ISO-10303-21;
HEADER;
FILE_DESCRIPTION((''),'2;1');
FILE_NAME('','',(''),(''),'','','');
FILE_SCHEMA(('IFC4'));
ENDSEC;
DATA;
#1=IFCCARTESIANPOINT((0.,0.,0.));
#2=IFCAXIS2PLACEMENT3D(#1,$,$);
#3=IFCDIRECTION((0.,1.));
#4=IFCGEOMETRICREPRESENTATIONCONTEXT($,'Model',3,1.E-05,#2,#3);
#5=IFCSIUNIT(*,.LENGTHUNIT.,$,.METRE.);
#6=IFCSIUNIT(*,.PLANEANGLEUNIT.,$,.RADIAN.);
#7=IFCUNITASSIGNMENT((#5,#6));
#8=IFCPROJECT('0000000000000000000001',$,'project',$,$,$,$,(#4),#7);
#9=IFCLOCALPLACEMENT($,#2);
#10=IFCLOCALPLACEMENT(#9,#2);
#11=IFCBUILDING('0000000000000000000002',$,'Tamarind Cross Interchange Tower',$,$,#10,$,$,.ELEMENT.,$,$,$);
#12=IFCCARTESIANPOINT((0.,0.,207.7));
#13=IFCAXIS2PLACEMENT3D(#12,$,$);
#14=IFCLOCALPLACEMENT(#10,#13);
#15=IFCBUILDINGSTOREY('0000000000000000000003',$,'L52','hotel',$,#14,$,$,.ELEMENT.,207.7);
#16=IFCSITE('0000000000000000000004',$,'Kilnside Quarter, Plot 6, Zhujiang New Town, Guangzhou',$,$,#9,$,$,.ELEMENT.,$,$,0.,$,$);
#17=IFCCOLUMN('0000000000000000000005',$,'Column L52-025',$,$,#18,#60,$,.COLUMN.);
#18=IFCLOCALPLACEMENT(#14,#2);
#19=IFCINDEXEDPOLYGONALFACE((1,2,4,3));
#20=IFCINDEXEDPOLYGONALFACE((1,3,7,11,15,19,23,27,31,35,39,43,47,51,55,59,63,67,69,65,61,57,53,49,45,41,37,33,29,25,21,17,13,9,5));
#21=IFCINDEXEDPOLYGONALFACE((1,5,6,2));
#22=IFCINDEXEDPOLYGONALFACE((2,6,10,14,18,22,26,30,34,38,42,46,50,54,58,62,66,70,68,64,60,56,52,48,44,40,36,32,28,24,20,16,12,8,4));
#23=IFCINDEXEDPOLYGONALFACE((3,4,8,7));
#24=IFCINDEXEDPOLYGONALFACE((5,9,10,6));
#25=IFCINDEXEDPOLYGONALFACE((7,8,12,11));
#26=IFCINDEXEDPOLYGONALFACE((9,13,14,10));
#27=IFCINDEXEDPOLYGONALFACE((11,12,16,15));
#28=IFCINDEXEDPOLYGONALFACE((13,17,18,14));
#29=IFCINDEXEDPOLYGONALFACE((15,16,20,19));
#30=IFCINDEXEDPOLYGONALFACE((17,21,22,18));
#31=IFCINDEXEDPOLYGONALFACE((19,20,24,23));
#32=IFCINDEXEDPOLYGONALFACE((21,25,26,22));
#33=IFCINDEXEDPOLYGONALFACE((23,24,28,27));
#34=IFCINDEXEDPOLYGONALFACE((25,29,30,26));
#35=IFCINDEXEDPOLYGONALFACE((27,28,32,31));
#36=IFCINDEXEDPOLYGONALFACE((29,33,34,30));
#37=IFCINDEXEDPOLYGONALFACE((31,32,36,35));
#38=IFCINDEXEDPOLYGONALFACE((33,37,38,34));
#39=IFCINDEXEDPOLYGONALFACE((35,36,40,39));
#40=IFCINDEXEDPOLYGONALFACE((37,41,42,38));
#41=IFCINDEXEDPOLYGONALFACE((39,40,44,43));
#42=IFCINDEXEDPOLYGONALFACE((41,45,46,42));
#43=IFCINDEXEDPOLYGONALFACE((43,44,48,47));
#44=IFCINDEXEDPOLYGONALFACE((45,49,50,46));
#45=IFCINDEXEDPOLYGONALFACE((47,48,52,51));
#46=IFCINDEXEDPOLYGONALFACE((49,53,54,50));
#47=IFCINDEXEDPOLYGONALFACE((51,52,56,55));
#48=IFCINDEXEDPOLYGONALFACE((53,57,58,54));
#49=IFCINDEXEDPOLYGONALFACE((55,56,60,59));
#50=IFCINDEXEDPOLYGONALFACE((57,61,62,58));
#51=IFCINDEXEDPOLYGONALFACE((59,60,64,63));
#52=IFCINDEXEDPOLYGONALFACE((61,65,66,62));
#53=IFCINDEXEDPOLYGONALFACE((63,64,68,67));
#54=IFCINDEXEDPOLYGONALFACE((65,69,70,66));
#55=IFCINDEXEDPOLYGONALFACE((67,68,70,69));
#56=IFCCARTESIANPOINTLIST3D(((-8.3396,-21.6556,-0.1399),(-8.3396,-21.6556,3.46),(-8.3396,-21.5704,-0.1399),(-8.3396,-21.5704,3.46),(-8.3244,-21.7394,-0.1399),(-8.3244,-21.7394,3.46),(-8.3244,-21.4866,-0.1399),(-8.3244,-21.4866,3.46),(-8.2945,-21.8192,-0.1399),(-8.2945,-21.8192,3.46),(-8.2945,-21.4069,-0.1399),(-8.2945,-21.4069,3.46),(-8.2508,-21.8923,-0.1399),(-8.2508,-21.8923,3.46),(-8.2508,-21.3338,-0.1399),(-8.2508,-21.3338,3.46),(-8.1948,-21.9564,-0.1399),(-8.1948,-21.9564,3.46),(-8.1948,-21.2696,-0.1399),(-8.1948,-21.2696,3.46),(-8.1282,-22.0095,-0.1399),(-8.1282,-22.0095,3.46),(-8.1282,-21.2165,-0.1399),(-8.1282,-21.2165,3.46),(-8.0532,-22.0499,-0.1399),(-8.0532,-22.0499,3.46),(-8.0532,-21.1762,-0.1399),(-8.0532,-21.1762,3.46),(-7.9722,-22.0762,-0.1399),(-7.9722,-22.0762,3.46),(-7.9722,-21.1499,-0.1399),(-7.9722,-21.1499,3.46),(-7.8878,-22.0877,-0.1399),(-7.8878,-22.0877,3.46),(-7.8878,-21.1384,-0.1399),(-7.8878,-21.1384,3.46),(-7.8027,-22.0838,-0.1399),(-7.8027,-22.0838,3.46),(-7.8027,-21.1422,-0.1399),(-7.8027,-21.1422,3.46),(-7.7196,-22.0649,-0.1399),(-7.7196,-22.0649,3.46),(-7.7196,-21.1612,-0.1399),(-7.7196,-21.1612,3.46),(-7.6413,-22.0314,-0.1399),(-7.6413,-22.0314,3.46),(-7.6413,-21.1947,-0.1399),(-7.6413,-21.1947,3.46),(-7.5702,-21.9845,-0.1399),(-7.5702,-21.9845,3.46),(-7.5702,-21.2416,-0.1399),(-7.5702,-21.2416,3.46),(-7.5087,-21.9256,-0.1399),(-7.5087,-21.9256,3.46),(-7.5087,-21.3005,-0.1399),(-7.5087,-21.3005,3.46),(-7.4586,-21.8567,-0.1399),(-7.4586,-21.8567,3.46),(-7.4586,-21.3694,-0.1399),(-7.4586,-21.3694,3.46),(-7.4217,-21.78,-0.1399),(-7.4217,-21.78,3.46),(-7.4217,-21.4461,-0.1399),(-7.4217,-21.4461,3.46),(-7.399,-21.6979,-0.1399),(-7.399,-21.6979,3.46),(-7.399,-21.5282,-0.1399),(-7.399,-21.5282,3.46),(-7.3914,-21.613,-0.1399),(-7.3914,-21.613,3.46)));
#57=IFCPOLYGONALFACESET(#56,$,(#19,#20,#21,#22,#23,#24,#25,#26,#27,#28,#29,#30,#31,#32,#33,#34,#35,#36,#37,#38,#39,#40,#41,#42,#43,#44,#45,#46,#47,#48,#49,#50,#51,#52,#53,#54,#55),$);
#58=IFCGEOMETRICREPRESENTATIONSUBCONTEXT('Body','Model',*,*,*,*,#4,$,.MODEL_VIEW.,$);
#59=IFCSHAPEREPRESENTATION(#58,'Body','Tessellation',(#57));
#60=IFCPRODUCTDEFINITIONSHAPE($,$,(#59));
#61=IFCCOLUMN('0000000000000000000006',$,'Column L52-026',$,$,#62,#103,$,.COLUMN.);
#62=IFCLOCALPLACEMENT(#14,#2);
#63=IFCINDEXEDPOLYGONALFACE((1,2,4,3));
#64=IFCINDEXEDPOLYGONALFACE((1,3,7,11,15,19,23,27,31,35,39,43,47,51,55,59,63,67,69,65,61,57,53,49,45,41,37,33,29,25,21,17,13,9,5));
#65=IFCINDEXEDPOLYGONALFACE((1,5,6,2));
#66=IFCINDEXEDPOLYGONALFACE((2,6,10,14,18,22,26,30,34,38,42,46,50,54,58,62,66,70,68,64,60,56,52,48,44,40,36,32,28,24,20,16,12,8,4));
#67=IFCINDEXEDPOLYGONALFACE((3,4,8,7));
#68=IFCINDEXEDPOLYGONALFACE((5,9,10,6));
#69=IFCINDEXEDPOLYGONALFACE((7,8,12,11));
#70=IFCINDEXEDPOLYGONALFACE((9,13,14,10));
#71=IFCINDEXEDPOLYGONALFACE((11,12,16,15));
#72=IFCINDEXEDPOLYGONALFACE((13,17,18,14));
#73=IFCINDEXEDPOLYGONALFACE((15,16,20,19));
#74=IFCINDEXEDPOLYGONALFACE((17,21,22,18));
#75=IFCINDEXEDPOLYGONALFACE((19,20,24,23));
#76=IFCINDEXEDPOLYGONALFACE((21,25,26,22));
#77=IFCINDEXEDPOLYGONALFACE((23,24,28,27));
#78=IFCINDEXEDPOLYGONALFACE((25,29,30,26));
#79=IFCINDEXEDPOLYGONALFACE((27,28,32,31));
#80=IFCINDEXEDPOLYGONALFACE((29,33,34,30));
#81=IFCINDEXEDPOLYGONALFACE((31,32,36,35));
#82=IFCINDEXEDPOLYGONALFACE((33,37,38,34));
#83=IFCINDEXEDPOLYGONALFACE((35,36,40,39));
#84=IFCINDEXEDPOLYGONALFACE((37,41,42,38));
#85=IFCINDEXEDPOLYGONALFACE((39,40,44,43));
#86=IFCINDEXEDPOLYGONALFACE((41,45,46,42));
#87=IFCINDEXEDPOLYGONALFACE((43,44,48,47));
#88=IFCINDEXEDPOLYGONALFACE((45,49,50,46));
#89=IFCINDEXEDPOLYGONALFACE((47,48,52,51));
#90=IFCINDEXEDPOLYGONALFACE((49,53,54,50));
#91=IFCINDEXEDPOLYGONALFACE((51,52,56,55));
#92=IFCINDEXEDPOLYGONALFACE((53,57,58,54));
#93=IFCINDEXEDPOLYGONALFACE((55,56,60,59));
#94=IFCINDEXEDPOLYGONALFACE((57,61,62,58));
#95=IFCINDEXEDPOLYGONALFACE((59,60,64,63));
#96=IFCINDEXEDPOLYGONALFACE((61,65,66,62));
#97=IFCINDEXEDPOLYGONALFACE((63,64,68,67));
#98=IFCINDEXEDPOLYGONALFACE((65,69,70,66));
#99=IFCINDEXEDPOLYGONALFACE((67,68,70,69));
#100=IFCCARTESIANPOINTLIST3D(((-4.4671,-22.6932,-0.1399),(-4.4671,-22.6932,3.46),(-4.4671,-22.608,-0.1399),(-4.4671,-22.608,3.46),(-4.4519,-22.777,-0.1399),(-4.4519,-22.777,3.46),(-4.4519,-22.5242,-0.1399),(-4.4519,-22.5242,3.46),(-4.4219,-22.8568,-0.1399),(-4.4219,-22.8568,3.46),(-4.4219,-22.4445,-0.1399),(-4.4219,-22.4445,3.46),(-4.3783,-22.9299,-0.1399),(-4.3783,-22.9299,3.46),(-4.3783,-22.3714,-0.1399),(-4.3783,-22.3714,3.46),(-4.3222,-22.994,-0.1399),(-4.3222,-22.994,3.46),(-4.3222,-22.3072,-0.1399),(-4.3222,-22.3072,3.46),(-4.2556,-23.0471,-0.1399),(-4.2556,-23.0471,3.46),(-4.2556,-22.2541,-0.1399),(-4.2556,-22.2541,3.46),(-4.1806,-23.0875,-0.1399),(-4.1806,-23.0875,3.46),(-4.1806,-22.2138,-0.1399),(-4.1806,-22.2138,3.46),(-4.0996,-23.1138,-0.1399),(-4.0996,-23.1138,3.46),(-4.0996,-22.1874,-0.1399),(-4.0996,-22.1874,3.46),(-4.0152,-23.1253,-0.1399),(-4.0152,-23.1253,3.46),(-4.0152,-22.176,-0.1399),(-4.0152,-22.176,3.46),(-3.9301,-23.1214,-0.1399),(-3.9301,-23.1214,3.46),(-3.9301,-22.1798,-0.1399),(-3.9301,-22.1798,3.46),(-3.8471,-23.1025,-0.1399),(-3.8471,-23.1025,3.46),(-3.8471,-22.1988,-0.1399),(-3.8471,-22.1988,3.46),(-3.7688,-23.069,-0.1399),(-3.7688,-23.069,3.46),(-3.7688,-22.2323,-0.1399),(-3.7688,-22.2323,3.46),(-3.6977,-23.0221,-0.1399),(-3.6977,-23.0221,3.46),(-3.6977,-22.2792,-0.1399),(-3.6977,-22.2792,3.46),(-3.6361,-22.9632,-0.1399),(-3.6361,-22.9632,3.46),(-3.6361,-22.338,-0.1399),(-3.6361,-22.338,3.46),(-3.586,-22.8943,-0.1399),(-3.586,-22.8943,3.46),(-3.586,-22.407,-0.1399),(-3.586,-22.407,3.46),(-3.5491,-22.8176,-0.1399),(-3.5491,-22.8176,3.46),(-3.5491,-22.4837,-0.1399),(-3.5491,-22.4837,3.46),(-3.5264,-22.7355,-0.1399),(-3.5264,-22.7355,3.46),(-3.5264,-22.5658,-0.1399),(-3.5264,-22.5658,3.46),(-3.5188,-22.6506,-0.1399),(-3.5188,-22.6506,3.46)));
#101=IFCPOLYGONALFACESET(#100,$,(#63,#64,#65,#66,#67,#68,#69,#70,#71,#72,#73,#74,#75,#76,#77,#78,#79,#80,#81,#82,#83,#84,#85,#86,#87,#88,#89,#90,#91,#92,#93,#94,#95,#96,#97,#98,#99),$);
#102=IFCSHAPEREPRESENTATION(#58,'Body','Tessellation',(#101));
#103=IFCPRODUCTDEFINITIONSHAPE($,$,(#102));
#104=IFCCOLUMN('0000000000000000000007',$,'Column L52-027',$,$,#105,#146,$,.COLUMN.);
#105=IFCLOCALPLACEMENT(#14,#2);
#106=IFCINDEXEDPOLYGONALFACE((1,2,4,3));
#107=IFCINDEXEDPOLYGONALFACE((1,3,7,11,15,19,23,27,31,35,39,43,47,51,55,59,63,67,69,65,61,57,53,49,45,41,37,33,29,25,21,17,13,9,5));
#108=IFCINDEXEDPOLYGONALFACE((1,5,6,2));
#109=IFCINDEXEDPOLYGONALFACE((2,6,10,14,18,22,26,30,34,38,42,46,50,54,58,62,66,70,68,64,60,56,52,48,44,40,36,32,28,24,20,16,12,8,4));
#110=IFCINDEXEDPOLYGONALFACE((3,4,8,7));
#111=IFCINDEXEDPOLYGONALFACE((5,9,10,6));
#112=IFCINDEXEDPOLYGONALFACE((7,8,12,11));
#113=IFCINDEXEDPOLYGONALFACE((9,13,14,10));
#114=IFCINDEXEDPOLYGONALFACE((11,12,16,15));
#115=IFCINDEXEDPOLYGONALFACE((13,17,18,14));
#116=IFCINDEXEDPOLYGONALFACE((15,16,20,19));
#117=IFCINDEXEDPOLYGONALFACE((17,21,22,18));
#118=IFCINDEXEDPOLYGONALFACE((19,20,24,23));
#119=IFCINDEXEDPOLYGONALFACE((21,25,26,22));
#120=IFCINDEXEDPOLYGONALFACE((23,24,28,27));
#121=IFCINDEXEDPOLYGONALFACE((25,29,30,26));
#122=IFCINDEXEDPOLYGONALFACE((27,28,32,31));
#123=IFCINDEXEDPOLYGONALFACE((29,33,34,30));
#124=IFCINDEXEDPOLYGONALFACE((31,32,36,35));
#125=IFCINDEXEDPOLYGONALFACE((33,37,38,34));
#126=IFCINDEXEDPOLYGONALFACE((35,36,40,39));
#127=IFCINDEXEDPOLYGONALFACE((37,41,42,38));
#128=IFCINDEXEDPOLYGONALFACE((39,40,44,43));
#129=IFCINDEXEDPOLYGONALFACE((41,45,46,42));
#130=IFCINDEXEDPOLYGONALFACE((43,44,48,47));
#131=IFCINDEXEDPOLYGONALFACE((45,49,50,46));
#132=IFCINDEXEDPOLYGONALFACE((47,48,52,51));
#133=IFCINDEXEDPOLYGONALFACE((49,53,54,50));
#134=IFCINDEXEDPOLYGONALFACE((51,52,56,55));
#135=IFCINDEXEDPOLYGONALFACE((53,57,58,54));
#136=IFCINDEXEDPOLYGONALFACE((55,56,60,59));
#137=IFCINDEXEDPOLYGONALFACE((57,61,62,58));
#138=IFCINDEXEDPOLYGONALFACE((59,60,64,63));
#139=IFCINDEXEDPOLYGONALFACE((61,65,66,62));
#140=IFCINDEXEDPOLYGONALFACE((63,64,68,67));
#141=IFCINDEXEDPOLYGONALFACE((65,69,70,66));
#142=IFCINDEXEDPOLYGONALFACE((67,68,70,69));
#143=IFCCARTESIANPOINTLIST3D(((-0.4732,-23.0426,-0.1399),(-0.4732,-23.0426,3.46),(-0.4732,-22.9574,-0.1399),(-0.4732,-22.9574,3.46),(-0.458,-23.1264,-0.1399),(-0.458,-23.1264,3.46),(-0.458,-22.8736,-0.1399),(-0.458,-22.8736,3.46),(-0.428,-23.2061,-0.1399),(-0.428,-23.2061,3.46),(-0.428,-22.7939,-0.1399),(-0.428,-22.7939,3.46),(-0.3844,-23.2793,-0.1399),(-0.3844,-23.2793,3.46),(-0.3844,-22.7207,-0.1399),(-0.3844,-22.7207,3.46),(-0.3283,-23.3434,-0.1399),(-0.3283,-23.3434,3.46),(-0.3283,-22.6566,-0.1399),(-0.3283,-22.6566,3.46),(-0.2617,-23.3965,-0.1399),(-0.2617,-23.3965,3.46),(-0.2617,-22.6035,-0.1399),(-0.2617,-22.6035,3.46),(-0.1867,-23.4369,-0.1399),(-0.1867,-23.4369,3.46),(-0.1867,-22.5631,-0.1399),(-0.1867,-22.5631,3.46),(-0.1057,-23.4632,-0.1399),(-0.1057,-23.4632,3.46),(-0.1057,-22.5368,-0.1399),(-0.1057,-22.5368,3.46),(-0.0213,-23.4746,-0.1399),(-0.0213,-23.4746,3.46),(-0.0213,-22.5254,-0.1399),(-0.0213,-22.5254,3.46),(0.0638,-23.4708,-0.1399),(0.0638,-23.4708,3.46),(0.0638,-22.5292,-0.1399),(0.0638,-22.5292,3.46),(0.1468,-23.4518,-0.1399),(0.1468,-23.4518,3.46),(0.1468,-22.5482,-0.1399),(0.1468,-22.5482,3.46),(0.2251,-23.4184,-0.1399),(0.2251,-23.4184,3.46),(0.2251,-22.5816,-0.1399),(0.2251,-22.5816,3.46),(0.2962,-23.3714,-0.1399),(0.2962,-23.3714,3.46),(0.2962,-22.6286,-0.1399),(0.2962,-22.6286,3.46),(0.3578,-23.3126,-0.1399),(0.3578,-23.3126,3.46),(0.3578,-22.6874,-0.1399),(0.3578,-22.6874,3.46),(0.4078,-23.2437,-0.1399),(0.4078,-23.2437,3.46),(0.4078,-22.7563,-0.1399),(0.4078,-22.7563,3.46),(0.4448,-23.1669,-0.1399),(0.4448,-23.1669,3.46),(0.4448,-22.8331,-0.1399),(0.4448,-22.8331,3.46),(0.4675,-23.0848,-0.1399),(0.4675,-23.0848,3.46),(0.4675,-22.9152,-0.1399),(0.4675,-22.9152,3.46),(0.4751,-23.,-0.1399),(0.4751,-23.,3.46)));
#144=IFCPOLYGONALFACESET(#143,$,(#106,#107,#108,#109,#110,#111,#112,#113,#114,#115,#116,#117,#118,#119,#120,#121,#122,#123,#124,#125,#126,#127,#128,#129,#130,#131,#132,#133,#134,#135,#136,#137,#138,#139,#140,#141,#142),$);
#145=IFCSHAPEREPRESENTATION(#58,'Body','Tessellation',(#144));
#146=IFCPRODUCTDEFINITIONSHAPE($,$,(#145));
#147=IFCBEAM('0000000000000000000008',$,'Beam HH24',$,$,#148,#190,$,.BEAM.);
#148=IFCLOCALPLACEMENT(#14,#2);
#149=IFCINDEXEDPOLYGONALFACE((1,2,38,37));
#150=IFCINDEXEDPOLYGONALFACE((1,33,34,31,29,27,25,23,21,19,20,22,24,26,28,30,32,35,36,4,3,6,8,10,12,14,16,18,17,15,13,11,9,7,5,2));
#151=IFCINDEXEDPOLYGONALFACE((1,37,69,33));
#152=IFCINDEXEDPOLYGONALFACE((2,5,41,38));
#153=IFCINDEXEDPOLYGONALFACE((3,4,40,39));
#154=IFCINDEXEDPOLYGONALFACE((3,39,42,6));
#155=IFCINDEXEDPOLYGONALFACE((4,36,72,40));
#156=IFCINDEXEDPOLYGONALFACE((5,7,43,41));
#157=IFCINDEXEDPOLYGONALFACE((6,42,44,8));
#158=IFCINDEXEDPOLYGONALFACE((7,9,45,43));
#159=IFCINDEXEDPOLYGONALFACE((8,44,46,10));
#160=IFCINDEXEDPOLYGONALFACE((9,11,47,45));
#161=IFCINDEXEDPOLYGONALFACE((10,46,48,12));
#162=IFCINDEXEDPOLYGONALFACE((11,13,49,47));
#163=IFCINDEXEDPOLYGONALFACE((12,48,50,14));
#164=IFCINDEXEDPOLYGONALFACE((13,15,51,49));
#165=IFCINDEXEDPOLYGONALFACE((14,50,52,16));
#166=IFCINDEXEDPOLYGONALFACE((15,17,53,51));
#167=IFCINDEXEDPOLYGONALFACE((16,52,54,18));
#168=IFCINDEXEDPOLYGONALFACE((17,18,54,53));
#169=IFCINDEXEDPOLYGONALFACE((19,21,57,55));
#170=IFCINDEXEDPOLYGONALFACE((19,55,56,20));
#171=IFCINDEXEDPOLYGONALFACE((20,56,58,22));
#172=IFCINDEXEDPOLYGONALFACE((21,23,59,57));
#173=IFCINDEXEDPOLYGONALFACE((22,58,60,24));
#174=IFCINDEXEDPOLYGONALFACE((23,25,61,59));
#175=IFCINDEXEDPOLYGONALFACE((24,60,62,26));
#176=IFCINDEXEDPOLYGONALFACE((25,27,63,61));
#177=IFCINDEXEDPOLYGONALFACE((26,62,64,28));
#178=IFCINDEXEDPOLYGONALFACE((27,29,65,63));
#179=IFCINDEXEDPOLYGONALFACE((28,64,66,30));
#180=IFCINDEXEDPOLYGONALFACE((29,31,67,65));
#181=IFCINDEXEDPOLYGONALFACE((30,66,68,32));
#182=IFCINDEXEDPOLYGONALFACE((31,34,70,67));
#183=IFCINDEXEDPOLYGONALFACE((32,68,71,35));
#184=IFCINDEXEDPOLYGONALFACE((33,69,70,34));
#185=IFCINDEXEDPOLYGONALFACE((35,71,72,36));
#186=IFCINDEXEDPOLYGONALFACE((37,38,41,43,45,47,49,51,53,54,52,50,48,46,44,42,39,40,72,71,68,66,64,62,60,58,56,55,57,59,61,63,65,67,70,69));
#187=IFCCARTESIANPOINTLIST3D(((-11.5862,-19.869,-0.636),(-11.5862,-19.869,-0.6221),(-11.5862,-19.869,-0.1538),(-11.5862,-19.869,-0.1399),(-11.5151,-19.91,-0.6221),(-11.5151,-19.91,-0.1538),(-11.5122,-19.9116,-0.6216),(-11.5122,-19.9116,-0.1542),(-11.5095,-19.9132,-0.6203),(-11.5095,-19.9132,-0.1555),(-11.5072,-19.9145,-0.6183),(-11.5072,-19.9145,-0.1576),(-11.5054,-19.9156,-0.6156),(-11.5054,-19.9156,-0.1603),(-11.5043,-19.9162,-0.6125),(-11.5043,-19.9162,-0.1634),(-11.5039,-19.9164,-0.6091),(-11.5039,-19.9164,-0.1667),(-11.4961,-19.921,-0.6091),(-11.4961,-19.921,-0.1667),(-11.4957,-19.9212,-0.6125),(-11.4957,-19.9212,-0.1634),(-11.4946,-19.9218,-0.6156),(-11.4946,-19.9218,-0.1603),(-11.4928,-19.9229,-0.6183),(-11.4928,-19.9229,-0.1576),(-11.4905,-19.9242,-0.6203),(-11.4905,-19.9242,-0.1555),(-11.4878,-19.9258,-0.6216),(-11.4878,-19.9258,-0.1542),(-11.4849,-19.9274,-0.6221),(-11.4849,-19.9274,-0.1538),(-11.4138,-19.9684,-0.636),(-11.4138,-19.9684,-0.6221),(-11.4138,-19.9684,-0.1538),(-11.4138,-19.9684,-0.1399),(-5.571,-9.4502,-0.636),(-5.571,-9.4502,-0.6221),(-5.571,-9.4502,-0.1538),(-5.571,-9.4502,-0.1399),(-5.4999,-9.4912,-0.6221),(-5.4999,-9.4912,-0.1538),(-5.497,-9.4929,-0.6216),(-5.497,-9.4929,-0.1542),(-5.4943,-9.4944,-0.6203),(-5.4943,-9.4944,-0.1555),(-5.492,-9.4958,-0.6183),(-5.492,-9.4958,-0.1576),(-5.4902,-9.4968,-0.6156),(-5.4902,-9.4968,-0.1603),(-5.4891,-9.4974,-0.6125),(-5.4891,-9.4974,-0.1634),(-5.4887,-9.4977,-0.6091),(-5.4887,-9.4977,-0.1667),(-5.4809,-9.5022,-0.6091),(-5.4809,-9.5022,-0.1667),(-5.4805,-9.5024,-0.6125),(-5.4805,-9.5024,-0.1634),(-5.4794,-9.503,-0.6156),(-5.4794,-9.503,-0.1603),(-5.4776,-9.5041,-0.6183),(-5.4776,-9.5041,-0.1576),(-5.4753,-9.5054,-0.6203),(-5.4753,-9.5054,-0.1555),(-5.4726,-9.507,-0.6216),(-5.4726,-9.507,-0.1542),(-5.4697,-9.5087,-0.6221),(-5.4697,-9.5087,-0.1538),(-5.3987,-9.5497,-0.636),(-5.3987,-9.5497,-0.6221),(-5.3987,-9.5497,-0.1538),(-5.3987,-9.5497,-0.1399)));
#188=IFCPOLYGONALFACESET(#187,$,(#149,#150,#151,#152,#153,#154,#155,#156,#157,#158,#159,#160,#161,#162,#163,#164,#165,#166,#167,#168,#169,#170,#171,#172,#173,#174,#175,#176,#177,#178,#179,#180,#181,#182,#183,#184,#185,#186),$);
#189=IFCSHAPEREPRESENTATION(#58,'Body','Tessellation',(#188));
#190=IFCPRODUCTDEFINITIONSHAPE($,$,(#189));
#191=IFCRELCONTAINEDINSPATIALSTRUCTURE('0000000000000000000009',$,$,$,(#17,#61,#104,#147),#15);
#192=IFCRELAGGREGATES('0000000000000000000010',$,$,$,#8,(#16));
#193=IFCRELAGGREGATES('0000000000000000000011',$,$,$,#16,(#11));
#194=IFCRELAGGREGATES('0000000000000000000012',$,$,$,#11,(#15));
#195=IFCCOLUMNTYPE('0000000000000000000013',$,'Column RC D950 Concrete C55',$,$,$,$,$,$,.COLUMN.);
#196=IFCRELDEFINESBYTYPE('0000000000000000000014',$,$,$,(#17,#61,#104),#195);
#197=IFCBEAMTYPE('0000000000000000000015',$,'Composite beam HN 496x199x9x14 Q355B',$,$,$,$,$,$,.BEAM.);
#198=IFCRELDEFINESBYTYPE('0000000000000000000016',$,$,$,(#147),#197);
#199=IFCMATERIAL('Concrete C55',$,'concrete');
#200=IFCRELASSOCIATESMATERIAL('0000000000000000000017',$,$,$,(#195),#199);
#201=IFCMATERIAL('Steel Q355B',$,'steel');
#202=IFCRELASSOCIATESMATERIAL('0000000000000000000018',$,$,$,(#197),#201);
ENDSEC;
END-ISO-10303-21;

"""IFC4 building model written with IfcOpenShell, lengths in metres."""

from ifc_helpers import new_model, si_unit, direction, frame, origin, origin_2d, place, context, subcontext, project, spatial, circle, i_section, extrude, material, material_profile, profile_set, type_object, element, save


model = new_model("IFC4")

# Units and contexts
model_context = context("Model", 3, precision=1e-05, world=origin(), true_north=direction((0.0, 1.0)))
body_context = subcontext(model_context, "Body", "Model", "MODEL_VIEW")
ifc_project = project(units=[si_unit("LENGTHUNIT", "METRE"), si_unit("PLANEANGLEUNIT", "RADIAN")], contexts=[model_context])

# Site, building, storey
site_placement = place(None, origin())
site = spatial("IfcSite", under=ifc_project, at=site_placement, Name="Kilnside Quarter, Plot 6, Zhujiang New Town, Guangzhou", CompositionType="ELEMENT", RefElevation=0.0)
building_placement = place(site_placement, origin())
building = spatial("IfcBuilding", under=site, at=building_placement, Name="Tamarind Cross Interchange Tower", CompositionType="ELEMENT")
storey_placement = place(building_placement, frame((0.0, 0.0, 207.7)))
storey = spatial("IfcBuildingStorey", under=building, at=storey_placement, Name="L52", Description="hotel", CompositionType="ELEMENT", Elevation=207.7)

# Columns
ifc_material_1 = material(Name="Concrete C55", Category="concrete")
ifc_material_profile_1 = material_profile(ifc_material_1, circle(Radius=0.4751, at=origin_2d()), Name="RC D950")
ifc_profile_set_1 = profile_set([ifc_material_profile_1], Name="Concrete C55")
column_type = type_object("IfcColumnType", Name="Column RC D950 Concrete C55", PredefinedType="COLUMN", material=ifc_profile_set_1)
for number, where, z_axis, x_axis, name in (
    (1, (-7.8665, -21.613, -0.1399), (0.0, 0.0, 1.0), (1.0, 0.0, 0.0), "Column L52-025"),
    (2, (-3.9939, -22.6506, -0.1399), (0.0, 0.0, 1.0), (1.0, 0.0, 0.0), "Column L52-026"),
    (3, (0.0, -23.0, -0.1399), (0.0, 0.0, 1.0), (1.0, 0.0, 0.0), "Column L52-027"),
):
    element("IfcColumn", number, at=place(storey_placement, frame(where, z_axis=z_axis, x_axis=x_axis)), inside=storey, type_object=column_type, Name=name, PredefinedType="COLUMN", context=body_context, shape_type="SweptSolid", body=[
        extrude(circle(Radius=0.4751, at=origin_2d()), origin(), (0.0, 0.0, 1.0), 3.5999),
    ])

# Beam
ifc_material_2 = material(Name="Steel Q355B", Category="steel")
ifc_material_profile_2 = material_profile(ifc_material_2, i_section(OverallWidth=0.199, OverallDepth=0.4961, WebThickness=0.009, FlangeThickness=0.0139, FilletRadius=0.0129, at=origin_2d()), Name="HN 496x199x9x14")
ifc_profile_set_2 = profile_set([ifc_material_profile_2], Name="Steel Q355B")
beam_type = type_object("IfcBeamType", Name="Composite beam HN 496x199x9x14 Q355B", PredefinedType="BEAM", material=ifc_profile_set_2)
beam_1_placement = place(storey_placement, frame((-11.5, -19.9187, -0.3879), z_axis=(0.499994, 0.866029, 0.0), x_axis=(-0.866029, 0.499994, 0.0)))
element("IfcBeam", 4, at=beam_1_placement, inside=storey, type_object=beam_type, Name="Beam HH24", PredefinedType="BEAM", context=body_context, shape_type="SweptSolid", body=[
    extrude(i_section(OverallWidth=0.199, OverallDepth=0.4961, WebThickness=0.009, FlangeThickness=0.0139, FilletRadius=0.0129, at=origin_2d()), origin(), (0.0, 0.0, 1.0), 12.0305),
])

save(model, "model.ifc")
